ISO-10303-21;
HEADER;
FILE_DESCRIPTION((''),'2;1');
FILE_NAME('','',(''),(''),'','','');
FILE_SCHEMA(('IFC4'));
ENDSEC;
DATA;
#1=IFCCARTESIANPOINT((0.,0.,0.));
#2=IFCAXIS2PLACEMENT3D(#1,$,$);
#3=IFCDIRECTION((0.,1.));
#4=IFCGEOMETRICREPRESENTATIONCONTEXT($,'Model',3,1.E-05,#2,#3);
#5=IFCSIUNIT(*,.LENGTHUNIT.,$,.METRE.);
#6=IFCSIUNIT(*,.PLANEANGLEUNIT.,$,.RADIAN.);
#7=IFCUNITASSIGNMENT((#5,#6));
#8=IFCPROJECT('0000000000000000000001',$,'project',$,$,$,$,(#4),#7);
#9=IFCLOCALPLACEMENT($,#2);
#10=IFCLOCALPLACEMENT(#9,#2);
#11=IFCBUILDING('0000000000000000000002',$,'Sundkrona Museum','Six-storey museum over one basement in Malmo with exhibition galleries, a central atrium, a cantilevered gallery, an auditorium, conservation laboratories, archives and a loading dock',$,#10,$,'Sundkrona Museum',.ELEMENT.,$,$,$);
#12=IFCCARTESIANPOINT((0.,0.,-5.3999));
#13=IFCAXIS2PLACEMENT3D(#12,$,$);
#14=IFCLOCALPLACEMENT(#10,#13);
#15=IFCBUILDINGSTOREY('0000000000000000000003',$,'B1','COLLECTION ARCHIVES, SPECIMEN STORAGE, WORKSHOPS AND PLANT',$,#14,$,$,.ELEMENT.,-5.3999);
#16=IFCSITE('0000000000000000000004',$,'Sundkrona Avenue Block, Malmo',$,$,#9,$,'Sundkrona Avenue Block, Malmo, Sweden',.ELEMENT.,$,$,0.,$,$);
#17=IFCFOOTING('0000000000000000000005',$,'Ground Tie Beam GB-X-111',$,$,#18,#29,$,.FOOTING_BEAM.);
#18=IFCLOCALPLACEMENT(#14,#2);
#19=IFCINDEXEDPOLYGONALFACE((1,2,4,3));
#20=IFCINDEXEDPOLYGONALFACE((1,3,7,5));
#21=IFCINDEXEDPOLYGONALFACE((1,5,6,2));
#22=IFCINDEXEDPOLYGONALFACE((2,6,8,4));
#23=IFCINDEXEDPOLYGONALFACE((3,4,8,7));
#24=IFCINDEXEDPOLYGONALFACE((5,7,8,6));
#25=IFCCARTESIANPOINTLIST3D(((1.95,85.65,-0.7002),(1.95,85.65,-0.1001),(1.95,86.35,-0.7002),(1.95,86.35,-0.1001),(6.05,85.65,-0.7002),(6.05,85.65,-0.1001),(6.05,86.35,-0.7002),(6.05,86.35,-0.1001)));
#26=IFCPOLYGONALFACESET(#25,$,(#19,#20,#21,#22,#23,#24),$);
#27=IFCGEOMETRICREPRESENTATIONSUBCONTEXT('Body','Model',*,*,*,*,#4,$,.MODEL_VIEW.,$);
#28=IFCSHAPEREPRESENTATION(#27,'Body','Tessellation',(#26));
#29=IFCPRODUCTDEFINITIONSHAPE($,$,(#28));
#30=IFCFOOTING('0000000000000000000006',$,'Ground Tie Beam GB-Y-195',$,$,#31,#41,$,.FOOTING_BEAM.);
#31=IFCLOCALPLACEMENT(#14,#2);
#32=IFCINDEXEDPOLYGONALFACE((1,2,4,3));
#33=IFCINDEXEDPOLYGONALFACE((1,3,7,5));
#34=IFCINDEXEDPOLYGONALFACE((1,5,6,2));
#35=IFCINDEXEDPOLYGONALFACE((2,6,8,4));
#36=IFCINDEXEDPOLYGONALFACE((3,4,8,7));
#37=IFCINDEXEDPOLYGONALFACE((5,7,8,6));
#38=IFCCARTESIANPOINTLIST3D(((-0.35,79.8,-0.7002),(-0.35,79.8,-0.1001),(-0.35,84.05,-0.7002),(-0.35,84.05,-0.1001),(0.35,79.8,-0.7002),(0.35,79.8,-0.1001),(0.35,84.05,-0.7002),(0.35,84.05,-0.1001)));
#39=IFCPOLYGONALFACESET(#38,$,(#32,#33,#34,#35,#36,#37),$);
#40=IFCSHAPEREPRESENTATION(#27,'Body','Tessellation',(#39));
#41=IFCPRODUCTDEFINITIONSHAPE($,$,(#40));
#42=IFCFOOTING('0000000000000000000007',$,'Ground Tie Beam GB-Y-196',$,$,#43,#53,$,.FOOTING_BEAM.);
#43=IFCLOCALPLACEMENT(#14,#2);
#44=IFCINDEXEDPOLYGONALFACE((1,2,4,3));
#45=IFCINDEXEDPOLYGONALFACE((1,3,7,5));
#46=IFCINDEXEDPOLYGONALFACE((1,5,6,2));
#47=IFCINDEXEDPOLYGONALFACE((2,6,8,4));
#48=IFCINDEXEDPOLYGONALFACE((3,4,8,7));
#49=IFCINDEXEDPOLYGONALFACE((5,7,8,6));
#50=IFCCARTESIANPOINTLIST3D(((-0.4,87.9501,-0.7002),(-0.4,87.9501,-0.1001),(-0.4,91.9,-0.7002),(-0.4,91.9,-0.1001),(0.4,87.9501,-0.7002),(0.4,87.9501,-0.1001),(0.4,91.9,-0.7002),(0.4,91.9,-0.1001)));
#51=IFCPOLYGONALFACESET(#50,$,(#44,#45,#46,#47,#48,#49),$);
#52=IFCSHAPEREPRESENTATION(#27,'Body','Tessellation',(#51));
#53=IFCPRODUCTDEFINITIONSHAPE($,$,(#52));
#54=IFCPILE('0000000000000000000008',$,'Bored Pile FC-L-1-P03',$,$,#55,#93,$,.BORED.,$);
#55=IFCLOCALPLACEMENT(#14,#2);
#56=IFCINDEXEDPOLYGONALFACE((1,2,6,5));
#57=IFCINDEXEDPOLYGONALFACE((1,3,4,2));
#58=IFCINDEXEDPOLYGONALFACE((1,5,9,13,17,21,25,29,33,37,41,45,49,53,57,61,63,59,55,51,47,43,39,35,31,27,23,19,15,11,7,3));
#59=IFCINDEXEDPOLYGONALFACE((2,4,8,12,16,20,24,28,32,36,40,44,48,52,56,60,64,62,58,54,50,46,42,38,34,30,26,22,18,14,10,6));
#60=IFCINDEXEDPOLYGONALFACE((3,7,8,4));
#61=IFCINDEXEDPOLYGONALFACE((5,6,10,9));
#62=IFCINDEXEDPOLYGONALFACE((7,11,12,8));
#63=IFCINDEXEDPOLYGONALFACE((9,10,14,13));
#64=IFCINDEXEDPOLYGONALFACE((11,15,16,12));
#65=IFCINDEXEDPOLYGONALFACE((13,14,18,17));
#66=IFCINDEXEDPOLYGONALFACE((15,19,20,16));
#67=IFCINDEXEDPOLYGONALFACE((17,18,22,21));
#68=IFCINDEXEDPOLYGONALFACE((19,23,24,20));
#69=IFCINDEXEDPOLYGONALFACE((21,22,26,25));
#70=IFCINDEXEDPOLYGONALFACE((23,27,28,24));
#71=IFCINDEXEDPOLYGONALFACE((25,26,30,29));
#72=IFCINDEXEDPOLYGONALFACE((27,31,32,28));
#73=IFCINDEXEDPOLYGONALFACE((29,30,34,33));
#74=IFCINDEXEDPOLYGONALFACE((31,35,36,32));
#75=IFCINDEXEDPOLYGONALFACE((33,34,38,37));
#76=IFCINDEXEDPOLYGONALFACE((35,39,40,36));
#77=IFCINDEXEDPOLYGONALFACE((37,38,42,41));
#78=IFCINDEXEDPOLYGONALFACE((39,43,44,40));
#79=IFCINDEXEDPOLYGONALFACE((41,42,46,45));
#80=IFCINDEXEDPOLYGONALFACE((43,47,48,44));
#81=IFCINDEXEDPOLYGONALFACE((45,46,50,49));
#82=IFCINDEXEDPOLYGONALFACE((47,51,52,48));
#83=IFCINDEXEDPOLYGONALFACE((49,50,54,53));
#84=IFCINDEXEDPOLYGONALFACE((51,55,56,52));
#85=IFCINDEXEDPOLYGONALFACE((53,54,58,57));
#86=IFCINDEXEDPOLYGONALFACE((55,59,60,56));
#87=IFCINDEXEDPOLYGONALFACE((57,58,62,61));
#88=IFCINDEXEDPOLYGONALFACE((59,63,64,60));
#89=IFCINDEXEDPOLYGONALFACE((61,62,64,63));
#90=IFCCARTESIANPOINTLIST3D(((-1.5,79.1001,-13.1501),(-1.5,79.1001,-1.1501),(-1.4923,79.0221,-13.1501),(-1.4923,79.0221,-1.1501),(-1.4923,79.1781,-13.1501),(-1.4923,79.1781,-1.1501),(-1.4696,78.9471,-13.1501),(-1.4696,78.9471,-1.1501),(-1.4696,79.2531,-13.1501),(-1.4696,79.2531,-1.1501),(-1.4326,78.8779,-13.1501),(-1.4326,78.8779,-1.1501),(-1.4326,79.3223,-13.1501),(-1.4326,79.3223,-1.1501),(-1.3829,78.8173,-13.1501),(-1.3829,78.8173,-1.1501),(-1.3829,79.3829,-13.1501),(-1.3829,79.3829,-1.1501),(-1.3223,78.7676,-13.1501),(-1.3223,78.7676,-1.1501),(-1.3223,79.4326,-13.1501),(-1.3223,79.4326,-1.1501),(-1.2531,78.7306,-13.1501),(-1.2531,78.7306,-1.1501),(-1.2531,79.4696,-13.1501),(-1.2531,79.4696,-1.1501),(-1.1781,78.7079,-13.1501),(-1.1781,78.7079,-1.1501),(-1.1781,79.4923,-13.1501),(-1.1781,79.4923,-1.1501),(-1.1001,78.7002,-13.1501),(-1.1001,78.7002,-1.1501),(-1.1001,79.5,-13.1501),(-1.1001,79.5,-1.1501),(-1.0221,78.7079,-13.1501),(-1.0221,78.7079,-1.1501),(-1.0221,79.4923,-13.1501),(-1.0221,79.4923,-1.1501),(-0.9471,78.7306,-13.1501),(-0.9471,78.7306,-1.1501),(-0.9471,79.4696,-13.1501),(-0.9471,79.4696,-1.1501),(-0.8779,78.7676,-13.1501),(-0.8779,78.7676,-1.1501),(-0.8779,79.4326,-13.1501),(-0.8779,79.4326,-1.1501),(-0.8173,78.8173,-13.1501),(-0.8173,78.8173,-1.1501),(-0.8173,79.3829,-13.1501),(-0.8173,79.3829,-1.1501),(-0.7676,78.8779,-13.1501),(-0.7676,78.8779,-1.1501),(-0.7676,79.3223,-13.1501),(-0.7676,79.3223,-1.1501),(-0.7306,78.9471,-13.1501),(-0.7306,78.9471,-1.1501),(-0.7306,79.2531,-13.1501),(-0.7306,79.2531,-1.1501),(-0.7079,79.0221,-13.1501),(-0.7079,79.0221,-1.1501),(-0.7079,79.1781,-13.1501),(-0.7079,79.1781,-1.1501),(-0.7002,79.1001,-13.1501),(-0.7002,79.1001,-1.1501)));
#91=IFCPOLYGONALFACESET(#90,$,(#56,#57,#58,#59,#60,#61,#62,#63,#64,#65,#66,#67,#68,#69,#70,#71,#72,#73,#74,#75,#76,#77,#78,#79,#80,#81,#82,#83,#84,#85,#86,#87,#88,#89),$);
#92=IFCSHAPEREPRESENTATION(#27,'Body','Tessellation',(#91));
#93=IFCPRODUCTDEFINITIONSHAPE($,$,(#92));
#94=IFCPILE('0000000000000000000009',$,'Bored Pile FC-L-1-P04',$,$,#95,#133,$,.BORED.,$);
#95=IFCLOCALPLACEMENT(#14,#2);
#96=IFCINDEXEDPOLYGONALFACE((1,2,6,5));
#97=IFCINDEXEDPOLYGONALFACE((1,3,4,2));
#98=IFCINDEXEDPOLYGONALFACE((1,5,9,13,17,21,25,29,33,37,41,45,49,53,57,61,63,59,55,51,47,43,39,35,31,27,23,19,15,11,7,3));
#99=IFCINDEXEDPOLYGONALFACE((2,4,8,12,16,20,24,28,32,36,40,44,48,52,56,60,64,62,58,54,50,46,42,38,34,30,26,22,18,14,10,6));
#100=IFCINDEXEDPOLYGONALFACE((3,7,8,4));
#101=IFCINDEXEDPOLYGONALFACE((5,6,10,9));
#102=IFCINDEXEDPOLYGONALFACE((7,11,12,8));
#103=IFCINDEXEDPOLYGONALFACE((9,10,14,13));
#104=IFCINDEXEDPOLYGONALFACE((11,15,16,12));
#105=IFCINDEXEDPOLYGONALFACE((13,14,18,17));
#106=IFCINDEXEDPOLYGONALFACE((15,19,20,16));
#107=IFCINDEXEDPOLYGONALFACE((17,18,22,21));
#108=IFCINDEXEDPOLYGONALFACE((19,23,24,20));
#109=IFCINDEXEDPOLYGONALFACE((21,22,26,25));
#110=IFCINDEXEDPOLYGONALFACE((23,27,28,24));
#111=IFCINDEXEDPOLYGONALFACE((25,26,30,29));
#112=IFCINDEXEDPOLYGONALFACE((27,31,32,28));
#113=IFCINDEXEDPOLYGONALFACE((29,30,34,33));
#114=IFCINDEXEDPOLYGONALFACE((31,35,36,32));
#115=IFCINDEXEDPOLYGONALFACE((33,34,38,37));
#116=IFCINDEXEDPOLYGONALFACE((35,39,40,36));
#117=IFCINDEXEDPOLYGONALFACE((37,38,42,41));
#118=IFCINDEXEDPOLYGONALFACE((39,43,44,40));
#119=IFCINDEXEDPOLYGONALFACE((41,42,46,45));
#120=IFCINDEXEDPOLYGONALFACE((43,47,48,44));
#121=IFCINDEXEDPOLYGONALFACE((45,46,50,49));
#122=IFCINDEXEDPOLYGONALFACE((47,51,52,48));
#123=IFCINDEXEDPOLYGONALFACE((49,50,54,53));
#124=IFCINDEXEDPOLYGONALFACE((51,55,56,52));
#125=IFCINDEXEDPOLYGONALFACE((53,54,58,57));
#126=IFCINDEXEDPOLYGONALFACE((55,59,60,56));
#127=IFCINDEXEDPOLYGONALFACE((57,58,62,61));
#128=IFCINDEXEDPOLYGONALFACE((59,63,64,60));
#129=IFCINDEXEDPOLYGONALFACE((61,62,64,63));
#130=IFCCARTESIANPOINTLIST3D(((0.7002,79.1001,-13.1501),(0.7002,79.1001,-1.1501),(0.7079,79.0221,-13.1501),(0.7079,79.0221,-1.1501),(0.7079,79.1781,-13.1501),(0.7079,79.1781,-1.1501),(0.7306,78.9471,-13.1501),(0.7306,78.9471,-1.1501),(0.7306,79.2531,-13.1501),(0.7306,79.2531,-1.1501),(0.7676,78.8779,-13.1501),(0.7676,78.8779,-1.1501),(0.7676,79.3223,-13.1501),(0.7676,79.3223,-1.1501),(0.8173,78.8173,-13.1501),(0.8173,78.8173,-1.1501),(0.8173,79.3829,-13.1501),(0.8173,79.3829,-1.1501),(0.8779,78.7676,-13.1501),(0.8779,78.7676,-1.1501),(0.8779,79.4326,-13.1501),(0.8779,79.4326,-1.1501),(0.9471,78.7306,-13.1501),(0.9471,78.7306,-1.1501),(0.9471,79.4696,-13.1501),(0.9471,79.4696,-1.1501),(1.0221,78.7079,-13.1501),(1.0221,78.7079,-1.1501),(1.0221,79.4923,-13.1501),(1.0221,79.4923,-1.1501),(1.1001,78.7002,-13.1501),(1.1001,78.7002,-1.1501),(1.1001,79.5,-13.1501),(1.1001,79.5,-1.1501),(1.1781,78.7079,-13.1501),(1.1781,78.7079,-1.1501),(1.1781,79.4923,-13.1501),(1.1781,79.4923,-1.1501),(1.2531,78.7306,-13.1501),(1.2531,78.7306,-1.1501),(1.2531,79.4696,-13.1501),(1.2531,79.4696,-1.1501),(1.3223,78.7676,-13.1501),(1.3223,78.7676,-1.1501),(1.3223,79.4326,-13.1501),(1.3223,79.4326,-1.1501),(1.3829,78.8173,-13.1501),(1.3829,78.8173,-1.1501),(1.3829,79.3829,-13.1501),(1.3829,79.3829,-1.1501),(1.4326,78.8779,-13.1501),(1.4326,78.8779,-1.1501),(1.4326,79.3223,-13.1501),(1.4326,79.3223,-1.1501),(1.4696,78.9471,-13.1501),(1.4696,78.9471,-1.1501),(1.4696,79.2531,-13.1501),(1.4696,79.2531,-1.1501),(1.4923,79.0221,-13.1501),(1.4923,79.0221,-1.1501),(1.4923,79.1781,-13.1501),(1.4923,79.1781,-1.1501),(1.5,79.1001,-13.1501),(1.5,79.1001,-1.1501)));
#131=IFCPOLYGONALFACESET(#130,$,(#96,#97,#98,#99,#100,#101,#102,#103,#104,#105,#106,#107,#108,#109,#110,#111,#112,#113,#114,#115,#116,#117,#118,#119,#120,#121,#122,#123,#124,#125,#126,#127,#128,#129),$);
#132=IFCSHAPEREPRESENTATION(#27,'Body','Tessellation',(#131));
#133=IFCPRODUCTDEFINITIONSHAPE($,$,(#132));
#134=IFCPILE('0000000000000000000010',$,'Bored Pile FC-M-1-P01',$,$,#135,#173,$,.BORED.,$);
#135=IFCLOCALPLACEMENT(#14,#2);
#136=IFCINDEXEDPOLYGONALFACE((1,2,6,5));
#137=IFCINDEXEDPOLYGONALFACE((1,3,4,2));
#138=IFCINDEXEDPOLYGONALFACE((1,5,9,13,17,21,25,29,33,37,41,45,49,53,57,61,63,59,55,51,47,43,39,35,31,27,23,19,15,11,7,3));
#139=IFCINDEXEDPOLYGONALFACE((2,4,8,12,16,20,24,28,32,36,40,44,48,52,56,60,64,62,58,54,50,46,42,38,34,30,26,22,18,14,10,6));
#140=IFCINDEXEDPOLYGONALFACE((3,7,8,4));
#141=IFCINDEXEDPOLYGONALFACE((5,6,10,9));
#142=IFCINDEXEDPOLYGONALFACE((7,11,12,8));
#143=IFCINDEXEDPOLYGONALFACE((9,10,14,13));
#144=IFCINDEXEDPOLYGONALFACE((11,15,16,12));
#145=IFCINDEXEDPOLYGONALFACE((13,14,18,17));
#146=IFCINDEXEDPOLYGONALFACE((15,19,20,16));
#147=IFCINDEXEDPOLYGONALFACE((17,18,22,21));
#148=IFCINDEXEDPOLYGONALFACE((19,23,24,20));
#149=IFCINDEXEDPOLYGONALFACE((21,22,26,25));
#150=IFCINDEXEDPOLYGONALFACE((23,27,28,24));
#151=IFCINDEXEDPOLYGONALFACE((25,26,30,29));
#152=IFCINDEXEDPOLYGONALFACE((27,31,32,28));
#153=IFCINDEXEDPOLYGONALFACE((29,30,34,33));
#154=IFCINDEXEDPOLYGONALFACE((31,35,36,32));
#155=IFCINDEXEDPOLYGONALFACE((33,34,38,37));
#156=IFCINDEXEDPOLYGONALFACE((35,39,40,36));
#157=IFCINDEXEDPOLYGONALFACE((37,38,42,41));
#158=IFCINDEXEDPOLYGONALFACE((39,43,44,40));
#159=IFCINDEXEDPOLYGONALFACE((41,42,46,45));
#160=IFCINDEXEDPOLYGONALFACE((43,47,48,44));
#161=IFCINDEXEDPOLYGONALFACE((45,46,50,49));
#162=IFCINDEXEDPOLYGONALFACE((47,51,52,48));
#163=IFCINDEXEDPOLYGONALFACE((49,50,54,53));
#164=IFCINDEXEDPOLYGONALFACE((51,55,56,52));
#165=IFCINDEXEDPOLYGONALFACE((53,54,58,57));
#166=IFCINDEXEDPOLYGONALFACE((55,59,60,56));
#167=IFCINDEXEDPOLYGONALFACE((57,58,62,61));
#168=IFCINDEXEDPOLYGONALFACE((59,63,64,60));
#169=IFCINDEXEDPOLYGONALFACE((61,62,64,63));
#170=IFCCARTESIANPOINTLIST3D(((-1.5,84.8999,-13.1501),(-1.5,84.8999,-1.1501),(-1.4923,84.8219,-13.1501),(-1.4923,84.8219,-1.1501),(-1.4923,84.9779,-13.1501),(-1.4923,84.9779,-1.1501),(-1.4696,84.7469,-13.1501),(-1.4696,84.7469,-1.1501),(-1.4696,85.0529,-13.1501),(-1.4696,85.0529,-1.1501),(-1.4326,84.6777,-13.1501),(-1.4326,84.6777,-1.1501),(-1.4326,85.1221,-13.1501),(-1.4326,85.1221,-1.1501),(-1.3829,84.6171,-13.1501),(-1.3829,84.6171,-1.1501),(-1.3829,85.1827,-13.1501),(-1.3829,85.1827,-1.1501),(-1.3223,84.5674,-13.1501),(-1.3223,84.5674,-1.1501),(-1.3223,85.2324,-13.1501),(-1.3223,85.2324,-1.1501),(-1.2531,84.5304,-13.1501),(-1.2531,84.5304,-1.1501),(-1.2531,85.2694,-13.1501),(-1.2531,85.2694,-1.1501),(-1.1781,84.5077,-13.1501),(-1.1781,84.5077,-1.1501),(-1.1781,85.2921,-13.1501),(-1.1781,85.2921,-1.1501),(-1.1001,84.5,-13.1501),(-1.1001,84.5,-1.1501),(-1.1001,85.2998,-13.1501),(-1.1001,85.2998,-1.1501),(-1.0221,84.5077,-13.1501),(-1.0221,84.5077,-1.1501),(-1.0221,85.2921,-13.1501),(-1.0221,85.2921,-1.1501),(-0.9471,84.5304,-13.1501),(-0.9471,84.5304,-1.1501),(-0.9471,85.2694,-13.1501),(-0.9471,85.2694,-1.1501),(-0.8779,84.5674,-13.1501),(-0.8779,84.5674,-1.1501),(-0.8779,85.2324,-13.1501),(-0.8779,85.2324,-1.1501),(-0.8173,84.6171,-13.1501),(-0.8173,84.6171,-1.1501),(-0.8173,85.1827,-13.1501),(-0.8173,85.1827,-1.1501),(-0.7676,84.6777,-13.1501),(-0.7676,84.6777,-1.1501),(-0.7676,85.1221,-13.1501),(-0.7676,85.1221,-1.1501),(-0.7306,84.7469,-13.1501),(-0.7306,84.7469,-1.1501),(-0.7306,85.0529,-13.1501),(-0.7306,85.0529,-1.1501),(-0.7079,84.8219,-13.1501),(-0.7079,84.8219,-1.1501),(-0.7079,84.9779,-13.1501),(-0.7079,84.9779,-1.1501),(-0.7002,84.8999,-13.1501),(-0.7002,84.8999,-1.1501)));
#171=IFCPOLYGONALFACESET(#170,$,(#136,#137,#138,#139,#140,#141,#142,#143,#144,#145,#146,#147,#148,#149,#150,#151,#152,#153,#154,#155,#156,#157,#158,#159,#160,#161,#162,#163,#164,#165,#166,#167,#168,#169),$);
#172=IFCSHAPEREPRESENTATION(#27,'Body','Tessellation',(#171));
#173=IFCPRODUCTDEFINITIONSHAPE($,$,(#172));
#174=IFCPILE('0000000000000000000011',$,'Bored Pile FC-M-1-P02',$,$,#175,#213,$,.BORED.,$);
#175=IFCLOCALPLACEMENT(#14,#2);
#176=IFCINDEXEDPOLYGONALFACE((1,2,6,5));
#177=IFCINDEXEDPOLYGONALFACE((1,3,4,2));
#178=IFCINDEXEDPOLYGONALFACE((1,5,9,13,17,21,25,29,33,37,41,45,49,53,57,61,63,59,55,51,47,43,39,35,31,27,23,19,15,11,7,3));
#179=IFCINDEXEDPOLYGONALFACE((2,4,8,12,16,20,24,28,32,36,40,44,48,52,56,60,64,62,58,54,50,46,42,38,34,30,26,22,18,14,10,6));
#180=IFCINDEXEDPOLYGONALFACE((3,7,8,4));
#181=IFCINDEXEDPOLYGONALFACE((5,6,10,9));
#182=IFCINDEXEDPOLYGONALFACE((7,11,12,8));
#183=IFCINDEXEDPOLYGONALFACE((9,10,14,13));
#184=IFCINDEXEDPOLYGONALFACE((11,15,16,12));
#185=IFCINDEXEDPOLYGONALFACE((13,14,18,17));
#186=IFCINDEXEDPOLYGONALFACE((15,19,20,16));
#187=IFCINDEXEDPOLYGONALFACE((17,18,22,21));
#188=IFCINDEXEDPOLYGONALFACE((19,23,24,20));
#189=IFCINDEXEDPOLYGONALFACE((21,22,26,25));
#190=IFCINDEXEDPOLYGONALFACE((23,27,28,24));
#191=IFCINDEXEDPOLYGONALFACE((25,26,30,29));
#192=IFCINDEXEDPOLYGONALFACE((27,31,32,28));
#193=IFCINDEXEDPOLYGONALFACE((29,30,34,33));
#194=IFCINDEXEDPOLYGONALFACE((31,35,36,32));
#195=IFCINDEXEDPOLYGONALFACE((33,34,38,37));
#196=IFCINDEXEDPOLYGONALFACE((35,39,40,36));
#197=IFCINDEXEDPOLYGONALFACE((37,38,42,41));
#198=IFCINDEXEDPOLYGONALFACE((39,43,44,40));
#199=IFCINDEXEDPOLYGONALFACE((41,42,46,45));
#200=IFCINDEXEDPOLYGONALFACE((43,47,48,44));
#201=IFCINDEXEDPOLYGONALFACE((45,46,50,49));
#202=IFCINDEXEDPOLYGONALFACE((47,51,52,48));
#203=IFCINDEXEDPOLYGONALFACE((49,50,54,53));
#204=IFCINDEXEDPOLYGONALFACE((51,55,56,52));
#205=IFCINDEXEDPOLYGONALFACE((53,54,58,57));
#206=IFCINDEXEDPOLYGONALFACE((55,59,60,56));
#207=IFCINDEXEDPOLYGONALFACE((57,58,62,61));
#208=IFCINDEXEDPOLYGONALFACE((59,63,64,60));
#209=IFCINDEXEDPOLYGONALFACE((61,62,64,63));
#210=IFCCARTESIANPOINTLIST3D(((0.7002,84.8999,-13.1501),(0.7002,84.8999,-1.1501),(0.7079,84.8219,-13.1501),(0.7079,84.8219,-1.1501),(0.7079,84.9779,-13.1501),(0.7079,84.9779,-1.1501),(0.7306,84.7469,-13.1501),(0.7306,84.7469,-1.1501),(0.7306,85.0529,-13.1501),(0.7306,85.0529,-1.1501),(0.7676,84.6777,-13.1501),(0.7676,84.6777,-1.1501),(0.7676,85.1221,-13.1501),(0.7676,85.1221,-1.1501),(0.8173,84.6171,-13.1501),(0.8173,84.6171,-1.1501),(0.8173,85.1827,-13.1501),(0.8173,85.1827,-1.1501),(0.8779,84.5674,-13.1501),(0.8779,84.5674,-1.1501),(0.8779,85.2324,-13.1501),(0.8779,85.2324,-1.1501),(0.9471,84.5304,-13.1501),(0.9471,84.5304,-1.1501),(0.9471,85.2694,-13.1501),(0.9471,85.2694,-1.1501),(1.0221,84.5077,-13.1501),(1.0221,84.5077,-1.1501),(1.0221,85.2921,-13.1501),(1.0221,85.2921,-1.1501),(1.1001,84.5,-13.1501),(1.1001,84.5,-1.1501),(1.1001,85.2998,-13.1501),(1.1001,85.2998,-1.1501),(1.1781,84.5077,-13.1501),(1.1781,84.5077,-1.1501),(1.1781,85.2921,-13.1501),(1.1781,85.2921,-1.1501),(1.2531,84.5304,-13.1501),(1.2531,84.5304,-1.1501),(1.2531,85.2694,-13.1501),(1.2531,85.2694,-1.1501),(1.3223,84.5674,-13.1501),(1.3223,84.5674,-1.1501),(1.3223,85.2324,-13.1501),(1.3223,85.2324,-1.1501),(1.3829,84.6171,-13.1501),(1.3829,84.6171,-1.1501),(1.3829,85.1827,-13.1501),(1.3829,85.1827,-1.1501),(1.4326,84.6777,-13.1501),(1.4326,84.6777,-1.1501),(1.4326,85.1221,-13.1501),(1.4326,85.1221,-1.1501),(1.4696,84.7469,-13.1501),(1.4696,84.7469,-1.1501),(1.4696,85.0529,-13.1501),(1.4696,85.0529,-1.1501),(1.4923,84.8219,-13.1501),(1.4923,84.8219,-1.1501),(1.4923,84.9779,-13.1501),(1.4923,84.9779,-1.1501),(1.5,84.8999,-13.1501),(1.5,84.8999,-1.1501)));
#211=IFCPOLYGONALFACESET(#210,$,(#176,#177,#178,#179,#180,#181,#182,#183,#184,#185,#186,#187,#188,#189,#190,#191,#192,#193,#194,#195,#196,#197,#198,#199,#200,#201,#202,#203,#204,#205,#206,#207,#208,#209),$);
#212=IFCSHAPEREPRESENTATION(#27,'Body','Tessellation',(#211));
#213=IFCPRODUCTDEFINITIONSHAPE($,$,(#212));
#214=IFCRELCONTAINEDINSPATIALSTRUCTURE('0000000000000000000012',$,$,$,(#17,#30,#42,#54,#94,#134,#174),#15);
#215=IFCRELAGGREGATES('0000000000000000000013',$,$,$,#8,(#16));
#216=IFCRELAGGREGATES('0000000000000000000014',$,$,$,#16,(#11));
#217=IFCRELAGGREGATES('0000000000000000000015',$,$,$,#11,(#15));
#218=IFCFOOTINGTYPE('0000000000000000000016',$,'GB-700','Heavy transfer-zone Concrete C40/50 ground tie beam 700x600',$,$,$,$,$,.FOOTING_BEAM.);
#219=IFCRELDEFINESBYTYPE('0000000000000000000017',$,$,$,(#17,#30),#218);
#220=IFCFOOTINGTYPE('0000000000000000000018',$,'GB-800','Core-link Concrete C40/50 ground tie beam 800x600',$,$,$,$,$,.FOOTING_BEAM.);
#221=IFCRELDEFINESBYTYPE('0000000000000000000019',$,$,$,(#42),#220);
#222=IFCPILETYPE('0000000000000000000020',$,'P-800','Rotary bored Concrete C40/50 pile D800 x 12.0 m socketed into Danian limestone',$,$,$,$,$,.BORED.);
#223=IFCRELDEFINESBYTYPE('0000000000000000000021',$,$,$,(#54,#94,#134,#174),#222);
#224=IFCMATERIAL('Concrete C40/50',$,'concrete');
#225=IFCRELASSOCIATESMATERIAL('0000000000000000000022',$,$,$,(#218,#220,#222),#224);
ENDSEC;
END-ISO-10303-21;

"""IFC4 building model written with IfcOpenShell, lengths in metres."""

from ifc_helpers import new_model, si_unit, direction, frame, origin, origin_2d, place, context, subcontext, project, spatial, rectangle, circle, extrude, material, material_profile, profile_set, type_object, element, save


model = new_model("IFC4")

# Units and contexts
model_context = context("Model", 3, precision=1e-05, world=origin(), true_north=direction((0.0, 1.0)))
body_context = subcontext(model_context, "Body", "Model", "MODEL_VIEW")
ifc_project = project(units=[si_unit("LENGTHUNIT", "METRE"), si_unit("PLANEANGLEUNIT", "RADIAN")], contexts=[model_context])

# Site, building, storey
site_placement = place(None, origin())
site = spatial("IfcSite", under=ifc_project, at=site_placement, Name="Sundkrona Avenue Block, Malmo", LongName="Sundkrona Avenue Block, Malmo, Sweden", CompositionType="ELEMENT", RefElevation=0.0)
building_placement = place(site_placement, origin())
building = spatial("IfcBuilding", under=site, at=building_placement, Name="Sundkrona Museum", Description="Six-storey museum over one basement in Malmo with exhibition galleries, a central atrium, a cantilevered gallery, an auditorium, conservation laboratories, archives and a loading dock", LongName="Sundkrona Museum", CompositionType="ELEMENT")
storey_placement = place(building_placement, frame((0.0, 0.0, -5.3999)))
storey = spatial("IfcBuildingStorey", under=building, at=storey_placement, Name="B1", Description="COLLECTION ARCHIVES, SPECIMEN STORAGE, WORKSHOPS AND PLANT", CompositionType="ELEMENT", Elevation=-5.3999)

# Footings
ifc_material_1 = material(Name="Concrete C40/50", Category="concrete")
footing_type_1 = type_object("IfcFootingType", Name="GB-700", Description="Heavy transfer-zone Concrete C40/50 ground tie beam 700x600", PredefinedType="FOOTING_BEAM", material=ifc_material_1)
footing_1_placement = place(storey_placement, frame((4.0, 86.0, -0.7002), z_axis=(0.0, 0.0, 1.0), x_axis=(1.0, 0.0, 0.0)))
element("IfcFooting", 1, at=footing_1_placement, inside=storey, type_object=footing_type_1, Name="Ground Tie Beam GB-X-111", PredefinedType="FOOTING_BEAM", context=body_context, shape_type="SweptSolid", body=[
    extrude(rectangle(XDim=4.1001, YDim=0.7, at=origin_2d()), origin(), (0.0, 0.0, 1.0), 0.6001),
])
footing_2_placement = place(storey_placement, frame((0.0, 81.925, -0.7002), z_axis=(0.0, 0.0, 1.0), x_axis=(0.0, 1.0, 0.0)))
element("IfcFooting", 2, at=footing_2_placement, inside=storey, type_object=footing_type_1, Name="Ground Tie Beam GB-Y-195", PredefinedType="FOOTING_BEAM", context=body_context, shape_type="SweptSolid", body=[
    extrude(rectangle(XDim=4.25, YDim=0.7, at=origin_2d()), origin(), (0.0, 0.0, 1.0), 0.6001),
])
footing_type_2 = type_object("IfcFootingType", Name="GB-800", Description="Core-link Concrete C40/50 ground tie beam 800x600", PredefinedType="FOOTING_BEAM", material=ifc_material_1)
footing_3_placement = place(storey_placement, frame((0.0, 89.925, -0.7002), z_axis=(0.0, 0.0, 1.0), x_axis=(0.0, 1.0, 0.0)))
element("IfcFooting", 3, at=footing_3_placement, inside=storey, type_object=footing_type_2, Name="Ground Tie Beam GB-Y-196", PredefinedType="FOOTING_BEAM", context=body_context, shape_type="SweptSolid", body=[
    extrude(rectangle(XDim=3.95, YDim=0.8, at=origin_2d()), origin(), (0.0, 0.0, 1.0), 0.6001),
])

# Piles
ifc_material_profile_1 = material_profile(ifc_material_1, circle(Radius=0.3999, at=origin_2d()), Name="PILE D800")
ifc_profile_set_1 = profile_set([ifc_material_profile_1], Name="Concrete C40/50")
pile_type = type_object("IfcPileType", Name="P-800", Description="Rotary bored Concrete C40/50 pile D800 x 12.0 m socketed into Danian limestone", PredefinedType="BORED", material=ifc_profile_set_1)
for number, where, z_axis, x_axis, name in (
    (4, (-1.1001, 79.1001, -1.1501), (0.0, 0.0, -1.0), (1.0, 0.0, 0.0), "Bored Pile FC-L-1-P03"),
    (5, (1.1001, 79.1001, -1.1501), (0.0, 0.0, -1.0), (1.0, 0.0, 0.0), "Bored Pile FC-L-1-P04"),
    (6, (-1.1001, 84.8999, -1.1501), (0.0, 0.0, -1.0), (1.0, 0.0, 0.0), "Bored Pile FC-M-1-P01"),
    (7, (1.1001, 84.8999, -1.1501), (0.0, 0.0, -1.0), (1.0, 0.0, 0.0), "Bored Pile FC-M-1-P02"),
):
    element("IfcPile", number, at=place(storey_placement, frame(where, z_axis=z_axis, x_axis=x_axis)), inside=storey, type_object=pile_type, Name=name, PredefinedType="BORED", context=body_context, shape_type="SweptSolid", body=[
        extrude(circle(Radius=0.3999, at=origin_2d()), origin(), (0.0, 0.0, 1.0), 12.0),
    ])

save(model, "model.ifc")
